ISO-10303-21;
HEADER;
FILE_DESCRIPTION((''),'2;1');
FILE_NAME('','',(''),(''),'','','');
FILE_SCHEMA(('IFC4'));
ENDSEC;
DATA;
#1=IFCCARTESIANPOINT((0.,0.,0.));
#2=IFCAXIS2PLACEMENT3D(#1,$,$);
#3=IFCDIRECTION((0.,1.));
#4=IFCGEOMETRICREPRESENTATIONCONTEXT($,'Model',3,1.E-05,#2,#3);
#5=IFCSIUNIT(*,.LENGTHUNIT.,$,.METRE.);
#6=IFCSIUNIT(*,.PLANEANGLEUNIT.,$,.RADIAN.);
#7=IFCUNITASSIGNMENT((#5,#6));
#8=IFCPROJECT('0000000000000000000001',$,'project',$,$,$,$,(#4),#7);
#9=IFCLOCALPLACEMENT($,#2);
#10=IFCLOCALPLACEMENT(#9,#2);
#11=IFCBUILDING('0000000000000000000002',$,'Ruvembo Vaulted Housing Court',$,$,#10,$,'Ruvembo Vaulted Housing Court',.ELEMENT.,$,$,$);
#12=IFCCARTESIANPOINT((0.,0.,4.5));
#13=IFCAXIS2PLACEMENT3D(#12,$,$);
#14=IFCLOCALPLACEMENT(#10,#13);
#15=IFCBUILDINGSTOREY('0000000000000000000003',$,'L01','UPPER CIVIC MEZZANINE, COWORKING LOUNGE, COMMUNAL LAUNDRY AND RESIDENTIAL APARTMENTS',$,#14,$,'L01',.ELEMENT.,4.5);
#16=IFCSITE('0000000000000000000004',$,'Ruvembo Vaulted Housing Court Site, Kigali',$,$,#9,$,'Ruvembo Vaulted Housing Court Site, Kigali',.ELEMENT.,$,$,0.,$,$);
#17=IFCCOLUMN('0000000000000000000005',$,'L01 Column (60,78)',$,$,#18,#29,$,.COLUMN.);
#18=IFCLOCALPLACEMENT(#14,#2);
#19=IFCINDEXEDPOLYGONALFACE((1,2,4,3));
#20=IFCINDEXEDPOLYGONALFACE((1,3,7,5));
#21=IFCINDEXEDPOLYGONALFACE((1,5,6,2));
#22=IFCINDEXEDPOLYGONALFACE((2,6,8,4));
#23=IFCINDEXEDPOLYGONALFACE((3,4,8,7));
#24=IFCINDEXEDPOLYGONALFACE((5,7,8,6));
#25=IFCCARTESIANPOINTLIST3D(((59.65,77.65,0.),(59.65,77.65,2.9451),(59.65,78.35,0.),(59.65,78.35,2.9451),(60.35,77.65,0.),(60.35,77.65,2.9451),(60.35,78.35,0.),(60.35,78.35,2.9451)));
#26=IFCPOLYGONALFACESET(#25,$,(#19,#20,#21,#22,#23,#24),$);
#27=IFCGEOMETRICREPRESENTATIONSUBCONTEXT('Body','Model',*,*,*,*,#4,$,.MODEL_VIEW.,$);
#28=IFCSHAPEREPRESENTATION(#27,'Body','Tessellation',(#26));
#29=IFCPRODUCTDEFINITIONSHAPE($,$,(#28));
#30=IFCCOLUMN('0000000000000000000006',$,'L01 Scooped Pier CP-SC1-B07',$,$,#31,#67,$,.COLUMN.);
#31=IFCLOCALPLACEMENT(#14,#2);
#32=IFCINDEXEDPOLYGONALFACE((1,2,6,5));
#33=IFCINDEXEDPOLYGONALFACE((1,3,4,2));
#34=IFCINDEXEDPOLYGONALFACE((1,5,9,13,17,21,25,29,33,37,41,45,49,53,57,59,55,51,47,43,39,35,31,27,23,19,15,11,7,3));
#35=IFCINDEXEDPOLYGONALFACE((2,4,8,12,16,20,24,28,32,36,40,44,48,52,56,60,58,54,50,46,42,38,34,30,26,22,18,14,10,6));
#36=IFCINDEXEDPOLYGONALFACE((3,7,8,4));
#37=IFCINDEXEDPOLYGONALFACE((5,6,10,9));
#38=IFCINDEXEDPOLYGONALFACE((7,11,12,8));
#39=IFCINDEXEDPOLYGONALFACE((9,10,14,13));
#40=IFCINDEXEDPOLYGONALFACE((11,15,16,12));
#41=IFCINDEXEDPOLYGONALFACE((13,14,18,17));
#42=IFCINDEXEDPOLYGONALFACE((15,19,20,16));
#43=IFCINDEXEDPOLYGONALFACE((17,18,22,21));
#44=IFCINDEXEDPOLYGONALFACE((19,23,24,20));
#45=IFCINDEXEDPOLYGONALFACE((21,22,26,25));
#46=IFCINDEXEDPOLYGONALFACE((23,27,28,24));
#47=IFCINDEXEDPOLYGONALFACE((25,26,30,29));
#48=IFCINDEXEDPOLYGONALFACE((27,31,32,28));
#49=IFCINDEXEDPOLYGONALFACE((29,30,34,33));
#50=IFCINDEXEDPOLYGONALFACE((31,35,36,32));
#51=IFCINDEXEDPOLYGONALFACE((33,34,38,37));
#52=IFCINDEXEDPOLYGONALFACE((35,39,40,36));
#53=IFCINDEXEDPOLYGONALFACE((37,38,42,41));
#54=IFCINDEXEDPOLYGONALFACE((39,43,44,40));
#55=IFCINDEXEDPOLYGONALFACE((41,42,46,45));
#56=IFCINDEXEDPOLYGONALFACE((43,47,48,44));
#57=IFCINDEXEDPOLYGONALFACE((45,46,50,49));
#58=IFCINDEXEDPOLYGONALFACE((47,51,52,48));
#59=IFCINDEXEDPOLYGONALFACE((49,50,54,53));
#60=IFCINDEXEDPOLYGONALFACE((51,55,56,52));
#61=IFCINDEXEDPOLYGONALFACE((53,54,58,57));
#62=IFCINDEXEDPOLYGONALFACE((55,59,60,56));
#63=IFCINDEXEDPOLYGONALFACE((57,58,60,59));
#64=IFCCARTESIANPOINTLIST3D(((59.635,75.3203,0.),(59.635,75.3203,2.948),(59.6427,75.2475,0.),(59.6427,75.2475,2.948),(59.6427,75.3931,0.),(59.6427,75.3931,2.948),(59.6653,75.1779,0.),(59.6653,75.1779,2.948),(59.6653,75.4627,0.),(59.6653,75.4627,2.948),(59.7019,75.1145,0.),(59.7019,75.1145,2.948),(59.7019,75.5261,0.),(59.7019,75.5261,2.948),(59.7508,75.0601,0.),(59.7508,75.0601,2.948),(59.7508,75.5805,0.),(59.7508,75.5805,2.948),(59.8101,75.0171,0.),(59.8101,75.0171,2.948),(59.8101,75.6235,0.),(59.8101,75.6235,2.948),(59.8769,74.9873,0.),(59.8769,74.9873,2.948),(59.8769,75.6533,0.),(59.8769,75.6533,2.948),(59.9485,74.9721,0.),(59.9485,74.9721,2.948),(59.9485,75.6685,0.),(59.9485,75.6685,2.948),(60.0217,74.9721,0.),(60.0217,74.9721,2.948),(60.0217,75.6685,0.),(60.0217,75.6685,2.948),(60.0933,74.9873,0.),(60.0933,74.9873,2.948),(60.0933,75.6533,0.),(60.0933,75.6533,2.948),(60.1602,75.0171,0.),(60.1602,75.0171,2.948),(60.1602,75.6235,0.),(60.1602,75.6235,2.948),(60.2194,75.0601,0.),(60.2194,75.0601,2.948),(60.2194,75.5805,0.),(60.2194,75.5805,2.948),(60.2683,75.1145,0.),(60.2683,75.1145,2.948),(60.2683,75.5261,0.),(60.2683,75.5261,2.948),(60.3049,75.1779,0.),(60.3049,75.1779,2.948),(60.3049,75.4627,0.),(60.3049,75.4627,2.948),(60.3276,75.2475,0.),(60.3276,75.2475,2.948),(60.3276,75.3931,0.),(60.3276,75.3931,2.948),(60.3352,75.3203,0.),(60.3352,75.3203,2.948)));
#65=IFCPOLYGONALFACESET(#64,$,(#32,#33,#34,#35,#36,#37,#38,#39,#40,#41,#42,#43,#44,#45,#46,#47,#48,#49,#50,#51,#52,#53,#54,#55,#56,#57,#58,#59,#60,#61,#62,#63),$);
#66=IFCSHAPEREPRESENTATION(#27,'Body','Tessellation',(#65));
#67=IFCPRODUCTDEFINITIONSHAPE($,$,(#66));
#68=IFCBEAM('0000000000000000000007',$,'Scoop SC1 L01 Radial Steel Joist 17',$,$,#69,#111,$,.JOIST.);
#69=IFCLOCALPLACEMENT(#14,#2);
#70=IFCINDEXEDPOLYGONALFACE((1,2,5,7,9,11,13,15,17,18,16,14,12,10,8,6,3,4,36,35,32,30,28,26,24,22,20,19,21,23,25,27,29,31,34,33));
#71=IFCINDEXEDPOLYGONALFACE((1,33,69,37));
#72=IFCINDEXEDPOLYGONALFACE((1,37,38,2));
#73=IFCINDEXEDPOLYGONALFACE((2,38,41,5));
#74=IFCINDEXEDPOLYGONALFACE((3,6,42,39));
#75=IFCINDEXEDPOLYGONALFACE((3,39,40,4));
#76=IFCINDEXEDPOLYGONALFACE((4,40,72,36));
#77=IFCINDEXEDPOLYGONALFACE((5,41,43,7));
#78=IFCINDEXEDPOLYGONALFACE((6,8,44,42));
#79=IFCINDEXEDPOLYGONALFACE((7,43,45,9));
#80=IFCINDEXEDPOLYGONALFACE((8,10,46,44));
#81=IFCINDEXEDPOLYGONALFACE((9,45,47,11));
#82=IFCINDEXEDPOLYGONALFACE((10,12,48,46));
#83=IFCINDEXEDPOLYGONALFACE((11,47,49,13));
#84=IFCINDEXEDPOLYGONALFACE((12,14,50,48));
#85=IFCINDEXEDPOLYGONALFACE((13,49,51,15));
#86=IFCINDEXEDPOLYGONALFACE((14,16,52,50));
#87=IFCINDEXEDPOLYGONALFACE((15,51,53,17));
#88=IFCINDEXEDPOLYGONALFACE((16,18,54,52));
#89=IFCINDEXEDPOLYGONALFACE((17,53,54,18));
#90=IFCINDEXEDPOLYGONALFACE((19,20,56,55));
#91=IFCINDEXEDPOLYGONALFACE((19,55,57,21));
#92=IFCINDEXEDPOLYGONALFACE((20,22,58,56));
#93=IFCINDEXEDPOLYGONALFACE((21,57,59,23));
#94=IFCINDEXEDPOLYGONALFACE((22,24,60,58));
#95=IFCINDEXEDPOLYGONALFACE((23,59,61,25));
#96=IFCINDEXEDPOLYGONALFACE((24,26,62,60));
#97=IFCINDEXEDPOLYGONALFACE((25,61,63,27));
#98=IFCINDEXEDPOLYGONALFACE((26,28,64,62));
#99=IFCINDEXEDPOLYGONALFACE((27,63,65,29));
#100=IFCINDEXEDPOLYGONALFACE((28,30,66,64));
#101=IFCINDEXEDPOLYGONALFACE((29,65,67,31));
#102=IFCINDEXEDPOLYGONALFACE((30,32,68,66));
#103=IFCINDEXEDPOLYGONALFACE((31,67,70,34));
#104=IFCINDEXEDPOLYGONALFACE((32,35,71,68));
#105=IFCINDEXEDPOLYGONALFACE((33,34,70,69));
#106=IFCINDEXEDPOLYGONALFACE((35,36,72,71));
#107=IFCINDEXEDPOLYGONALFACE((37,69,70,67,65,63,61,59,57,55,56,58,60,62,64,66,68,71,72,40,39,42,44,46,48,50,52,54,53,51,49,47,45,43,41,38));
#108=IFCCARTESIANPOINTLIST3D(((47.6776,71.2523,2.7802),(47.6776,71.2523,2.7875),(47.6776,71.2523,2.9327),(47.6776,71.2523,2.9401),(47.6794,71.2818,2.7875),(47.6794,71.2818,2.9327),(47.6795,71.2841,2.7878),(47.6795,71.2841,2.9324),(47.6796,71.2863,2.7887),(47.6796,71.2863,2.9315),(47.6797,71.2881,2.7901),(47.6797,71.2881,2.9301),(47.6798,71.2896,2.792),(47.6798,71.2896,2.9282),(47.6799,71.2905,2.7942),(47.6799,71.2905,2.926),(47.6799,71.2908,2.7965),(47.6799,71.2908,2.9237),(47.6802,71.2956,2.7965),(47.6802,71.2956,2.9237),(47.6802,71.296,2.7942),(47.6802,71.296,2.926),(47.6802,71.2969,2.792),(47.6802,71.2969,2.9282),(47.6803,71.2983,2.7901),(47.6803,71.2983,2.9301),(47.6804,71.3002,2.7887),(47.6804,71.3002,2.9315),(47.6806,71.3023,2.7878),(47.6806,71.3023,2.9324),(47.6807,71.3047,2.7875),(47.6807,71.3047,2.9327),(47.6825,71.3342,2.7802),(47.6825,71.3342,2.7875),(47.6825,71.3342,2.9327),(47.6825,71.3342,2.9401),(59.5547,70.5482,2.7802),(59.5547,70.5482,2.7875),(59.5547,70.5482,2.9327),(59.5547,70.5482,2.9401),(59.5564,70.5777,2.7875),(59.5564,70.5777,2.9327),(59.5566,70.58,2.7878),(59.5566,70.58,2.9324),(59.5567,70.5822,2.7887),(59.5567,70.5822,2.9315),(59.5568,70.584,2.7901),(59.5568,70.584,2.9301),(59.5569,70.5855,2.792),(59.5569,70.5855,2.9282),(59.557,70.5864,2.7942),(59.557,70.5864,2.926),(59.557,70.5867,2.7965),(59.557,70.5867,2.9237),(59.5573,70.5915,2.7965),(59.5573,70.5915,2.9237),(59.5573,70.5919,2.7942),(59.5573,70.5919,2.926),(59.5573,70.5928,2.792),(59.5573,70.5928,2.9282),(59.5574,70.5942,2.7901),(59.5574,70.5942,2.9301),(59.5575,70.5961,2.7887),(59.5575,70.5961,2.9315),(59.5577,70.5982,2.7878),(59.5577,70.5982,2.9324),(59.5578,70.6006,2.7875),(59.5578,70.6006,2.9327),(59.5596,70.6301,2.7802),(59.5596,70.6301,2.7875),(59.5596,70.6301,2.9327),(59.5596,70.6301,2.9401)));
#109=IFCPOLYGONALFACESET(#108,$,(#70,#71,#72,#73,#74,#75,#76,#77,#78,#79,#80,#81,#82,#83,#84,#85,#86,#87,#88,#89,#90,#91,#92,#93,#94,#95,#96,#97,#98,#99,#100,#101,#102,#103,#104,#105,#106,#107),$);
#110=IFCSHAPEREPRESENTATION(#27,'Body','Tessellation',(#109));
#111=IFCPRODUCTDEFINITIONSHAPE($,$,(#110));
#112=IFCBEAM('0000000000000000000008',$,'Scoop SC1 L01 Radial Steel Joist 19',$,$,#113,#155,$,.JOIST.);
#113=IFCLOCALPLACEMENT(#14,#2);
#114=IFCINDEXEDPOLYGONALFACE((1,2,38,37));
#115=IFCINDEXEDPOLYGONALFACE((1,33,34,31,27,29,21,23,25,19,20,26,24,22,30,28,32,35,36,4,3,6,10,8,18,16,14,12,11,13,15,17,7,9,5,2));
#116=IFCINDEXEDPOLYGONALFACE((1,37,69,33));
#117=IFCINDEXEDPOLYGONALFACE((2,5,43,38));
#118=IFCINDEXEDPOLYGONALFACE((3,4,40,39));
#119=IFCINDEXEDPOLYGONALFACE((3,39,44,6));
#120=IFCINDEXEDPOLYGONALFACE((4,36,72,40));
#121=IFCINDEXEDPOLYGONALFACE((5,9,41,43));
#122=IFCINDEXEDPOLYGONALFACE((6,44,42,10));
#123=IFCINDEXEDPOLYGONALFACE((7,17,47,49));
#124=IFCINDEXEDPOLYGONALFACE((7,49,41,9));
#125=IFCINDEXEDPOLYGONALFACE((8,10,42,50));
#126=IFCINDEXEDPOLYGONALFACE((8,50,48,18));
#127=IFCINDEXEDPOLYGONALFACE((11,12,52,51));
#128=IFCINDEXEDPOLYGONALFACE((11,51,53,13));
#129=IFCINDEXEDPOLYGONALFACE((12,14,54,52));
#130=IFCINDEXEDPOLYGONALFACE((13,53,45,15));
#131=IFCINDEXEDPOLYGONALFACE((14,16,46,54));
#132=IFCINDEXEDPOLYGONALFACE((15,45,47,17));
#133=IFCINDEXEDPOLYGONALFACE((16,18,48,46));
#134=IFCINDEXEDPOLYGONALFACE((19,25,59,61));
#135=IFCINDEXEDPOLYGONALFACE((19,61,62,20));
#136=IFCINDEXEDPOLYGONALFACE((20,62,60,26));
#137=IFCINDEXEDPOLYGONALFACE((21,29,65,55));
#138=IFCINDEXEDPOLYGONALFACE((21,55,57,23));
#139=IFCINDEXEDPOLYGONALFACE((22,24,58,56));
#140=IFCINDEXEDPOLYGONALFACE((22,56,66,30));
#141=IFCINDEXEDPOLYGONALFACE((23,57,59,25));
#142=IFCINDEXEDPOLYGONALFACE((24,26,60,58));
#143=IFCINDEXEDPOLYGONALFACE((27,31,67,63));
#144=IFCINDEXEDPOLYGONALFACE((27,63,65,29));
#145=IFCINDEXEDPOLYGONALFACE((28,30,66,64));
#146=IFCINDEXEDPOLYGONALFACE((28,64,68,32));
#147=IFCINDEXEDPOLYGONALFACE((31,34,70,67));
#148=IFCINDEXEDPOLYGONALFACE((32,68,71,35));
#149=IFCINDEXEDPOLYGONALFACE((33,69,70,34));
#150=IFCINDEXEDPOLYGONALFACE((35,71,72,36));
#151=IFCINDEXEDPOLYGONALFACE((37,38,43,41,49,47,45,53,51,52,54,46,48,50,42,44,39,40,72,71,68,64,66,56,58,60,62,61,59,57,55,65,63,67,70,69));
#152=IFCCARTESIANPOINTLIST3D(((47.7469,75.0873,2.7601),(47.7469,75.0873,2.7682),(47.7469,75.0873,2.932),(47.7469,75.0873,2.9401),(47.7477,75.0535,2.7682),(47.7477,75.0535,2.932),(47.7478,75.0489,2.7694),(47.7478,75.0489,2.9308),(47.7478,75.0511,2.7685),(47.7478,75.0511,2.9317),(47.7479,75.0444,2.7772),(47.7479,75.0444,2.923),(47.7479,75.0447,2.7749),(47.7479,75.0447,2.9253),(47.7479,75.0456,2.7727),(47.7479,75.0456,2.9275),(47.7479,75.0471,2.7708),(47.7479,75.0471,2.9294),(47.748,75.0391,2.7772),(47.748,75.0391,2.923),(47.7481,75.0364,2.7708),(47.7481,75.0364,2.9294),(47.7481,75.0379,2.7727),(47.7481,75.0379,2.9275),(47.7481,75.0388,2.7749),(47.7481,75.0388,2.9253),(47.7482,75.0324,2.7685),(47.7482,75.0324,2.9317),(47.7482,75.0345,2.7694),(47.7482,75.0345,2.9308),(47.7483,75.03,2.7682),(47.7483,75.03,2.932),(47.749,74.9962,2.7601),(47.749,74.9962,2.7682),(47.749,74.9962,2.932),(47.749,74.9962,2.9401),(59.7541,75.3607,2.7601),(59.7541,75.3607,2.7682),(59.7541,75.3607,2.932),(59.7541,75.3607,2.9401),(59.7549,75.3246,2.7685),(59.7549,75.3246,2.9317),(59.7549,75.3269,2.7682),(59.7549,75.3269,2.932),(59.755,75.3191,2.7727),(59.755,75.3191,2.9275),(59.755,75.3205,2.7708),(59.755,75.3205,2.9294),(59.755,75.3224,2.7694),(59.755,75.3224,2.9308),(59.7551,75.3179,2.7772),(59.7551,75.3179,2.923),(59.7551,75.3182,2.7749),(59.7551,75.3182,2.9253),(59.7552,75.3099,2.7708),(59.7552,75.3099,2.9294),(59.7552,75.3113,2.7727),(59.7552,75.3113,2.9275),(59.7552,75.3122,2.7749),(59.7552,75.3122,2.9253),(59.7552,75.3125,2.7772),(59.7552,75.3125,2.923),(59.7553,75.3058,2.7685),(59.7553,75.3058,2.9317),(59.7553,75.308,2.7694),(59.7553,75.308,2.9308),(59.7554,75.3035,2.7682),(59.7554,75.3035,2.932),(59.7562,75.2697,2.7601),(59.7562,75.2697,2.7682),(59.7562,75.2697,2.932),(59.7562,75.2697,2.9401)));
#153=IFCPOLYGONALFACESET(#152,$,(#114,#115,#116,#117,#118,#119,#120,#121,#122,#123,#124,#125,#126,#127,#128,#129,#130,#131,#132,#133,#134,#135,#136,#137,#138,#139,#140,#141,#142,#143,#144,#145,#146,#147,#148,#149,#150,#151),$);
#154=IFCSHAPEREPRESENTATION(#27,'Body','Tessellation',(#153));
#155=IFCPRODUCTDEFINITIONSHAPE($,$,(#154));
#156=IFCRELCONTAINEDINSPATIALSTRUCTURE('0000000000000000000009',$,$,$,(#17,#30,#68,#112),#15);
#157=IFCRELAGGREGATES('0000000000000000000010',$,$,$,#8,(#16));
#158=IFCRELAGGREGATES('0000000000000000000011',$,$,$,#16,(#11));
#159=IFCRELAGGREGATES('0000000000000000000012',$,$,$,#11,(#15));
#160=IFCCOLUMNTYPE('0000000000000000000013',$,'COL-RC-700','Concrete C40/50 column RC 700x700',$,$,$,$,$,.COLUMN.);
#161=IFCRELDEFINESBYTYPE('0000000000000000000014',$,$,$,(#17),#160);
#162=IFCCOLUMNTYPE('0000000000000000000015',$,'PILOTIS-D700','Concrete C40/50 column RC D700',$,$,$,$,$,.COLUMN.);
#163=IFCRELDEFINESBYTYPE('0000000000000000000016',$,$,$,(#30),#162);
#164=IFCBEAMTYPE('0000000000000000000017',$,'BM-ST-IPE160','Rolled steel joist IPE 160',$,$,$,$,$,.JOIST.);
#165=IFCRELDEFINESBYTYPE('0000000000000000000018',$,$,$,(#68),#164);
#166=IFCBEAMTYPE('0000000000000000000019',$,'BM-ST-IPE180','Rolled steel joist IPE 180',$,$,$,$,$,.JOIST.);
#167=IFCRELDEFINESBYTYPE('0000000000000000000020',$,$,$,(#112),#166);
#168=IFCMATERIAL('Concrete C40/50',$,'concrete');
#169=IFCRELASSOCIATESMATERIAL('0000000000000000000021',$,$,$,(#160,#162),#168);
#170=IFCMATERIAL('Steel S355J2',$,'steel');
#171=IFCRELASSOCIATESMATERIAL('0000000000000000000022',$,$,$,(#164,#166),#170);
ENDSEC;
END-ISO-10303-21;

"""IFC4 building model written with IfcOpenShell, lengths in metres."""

from ifc_helpers import new_model, si_unit, direction, frame, origin, origin_2d, place, context, subcontext, project, spatial, rectangle, circle, i_section, extrude, material, material_profile, profile_set, type_object, element, save


model = new_model("IFC4")

# Units and contexts
model_context = context("Model", 3, precision=1e-05, world=origin(), true_north=direction((0.0, 1.0)))
body_context = subcontext(model_context, "Body", "Model", "MODEL_VIEW")
ifc_project = project(units=[si_unit("LENGTHUNIT", "METRE"), si_unit("PLANEANGLEUNIT", "RADIAN")], contexts=[model_context])

# Site, building, storey
site_placement = place(None, origin())
site = spatial("IfcSite", under=ifc_project, at=site_placement, Name="Ruvembo Vaulted Housing Court Site, Kigali", LongName="Ruvembo Vaulted Housing Court Site, Kigali", CompositionType="ELEMENT", RefElevation=0.0)
building_placement = place(site_placement, origin())
building = spatial("IfcBuilding", under=site, at=building_placement, Name="Ruvembo Vaulted Housing Court", LongName="Ruvembo Vaulted Housing Court", CompositionType="ELEMENT")
storey_placement = place(building_placement, frame((0.0, 0.0, 4.5)))
storey = spatial("IfcBuildingStorey", under=building, at=storey_placement, Name="L01", Description="UPPER CIVIC MEZZANINE, COWORKING LOUNGE, COMMUNAL LAUNDRY AND RESIDENTIAL APARTMENTS", LongName="L01", CompositionType="ELEMENT", Elevation=4.5)

# Columns
ifc_material_1 = material(Name="Concrete C40/50", Category="concrete")
ifc_material_profile_1 = material_profile(ifc_material_1, rectangle(XDim=0.7, YDim=0.7, at=origin_2d()), Name="RC 700x700")
ifc_profile_set_1 = profile_set([ifc_material_profile_1], Name="Concrete C40/50")
column_type_1 = type_object("IfcColumnType", Name="COL-RC-700", Description="Concrete C40/50 column RC 700x700", PredefinedType="COLUMN", material=ifc_profile_set_1)
column_1_placement = place(storey_placement, frame((60.0, 78.0, 0.0), z_axis=(0.0, 0.0, 1.0), x_axis=(1.0, 0.0, 0.0)))
element("IfcColumn", 1, at=column_1_placement, inside=storey, type_object=column_type_1, Name="L01 Column (60,78)", PredefinedType="COLUMN", context=body_context, shape_type="SweptSolid", body=[
    extrude(rectangle(XDim=0.7, YDim=0.7, at=origin_2d()), origin(), (0.0, 0.0, 1.0), 2.9451),
])
ifc_material_profile_2 = material_profile(ifc_material_1, circle(Radius=0.3501, at=origin_2d()), Name="RC D700")
ifc_profile_set_2 = profile_set([ifc_material_profile_2], Name="Concrete C40/50")
column_type_2 = type_object("IfcColumnType", Name="PILOTIS-D700", Description="Concrete C40/50 column RC D700", PredefinedType="COLUMN", material=ifc_profile_set_2)
column_2_placement = place(storey_placement, frame((59.9851, 75.3203, 0.0), z_axis=(0.0, 0.0, 1.0), x_axis=(1.0, 0.0, 0.0)))
element("IfcColumn", 2, at=column_2_placement, inside=storey, type_object=column_type_2, Name="L01 Scooped Pier CP-SC1-B07", PredefinedType="COLUMN", context=body_context, shape_type="SweptSolid", body=[
    extrude(circle(Radius=0.3501, at=origin_2d()), origin(), (0.0, 0.0, 1.0), 2.948),
])

# Beams
ifc_material_2 = material(Name="Steel S355J2", Category="steel")
ifc_material_profile_3 = material_profile(ifc_material_2, i_section(OverallWidth=0.082, OverallDepth=0.1599, WebThickness=0.0049, FlangeThickness=0.0073, FilletRadius=0.009, at=origin_2d()), Name="IPE 160")
ifc_profile_set_3 = profile_set([ifc_material_profile_3], Name="Steel S355J2")
beam_type_1 = type_object("IfcBeamType", Name="BM-ST-IPE160", Description="Rolled steel joist IPE 160", PredefinedType="JOIST", material=ifc_profile_set_3)
beam_1_placement = place(storey_placement, frame((59.5571, 70.5891, 2.8601), z_axis=(-0.998247, 0.059178, 0.0), x_axis=(-0.059178, -0.998247, 0.0)))
element("IfcBeam", 3, at=beam_1_placement, inside=storey, type_object=beam_type_1, Name="Scoop SC1 L01 Radial Steel Joist 17", PredefinedType="JOIST", context=body_context, shape_type="SweptSolid", body=[
    extrude(i_section(OverallWidth=0.082, OverallDepth=0.1599, WebThickness=0.0049, FlangeThickness=0.0073, FilletRadius=0.009, at=origin_2d()), origin(), (0.0, 0.0, 1.0), 11.8979),
])
ifc_material_profile_4 = material_profile(ifc_material_2, i_section(OverallWidth=0.0911, OverallDepth=0.1799, WebThickness=0.0054, FlangeThickness=0.0081, FilletRadius=0.009, at=origin_2d()), Name="IPE 180")
ifc_profile_set_4 = profile_set([ifc_material_profile_4], Name="Steel S355J2")
beam_type_2 = type_object("IfcBeamType", Name="BM-ST-IPE180", Description="Rolled steel joist IPE 180", PredefinedType="JOIST", material=ifc_profile_set_4)
beam_2_placement = place(storey_placement, frame((59.7551, 75.3152, 2.8501), z_axis=(-0.999741, -0.022767, 0.0), x_axis=(0.022767, -0.999741, 0.0)))
element("IfcBeam", 4, at=beam_2_placement, inside=storey, type_object=beam_type_2, Name="Scoop SC1 L01 Radial Steel Joist 19", PredefinedType="JOIST", context=body_context, shape_type="SweptSolid", body=[
    extrude(i_section(OverallWidth=0.0911, OverallDepth=0.1799, WebThickness=0.0054, FlangeThickness=0.0081, FilletRadius=0.009, at=origin_2d()), origin(), (0.0, 0.0, 1.0), 12.0103),
])

save(model, "model.ifc")
